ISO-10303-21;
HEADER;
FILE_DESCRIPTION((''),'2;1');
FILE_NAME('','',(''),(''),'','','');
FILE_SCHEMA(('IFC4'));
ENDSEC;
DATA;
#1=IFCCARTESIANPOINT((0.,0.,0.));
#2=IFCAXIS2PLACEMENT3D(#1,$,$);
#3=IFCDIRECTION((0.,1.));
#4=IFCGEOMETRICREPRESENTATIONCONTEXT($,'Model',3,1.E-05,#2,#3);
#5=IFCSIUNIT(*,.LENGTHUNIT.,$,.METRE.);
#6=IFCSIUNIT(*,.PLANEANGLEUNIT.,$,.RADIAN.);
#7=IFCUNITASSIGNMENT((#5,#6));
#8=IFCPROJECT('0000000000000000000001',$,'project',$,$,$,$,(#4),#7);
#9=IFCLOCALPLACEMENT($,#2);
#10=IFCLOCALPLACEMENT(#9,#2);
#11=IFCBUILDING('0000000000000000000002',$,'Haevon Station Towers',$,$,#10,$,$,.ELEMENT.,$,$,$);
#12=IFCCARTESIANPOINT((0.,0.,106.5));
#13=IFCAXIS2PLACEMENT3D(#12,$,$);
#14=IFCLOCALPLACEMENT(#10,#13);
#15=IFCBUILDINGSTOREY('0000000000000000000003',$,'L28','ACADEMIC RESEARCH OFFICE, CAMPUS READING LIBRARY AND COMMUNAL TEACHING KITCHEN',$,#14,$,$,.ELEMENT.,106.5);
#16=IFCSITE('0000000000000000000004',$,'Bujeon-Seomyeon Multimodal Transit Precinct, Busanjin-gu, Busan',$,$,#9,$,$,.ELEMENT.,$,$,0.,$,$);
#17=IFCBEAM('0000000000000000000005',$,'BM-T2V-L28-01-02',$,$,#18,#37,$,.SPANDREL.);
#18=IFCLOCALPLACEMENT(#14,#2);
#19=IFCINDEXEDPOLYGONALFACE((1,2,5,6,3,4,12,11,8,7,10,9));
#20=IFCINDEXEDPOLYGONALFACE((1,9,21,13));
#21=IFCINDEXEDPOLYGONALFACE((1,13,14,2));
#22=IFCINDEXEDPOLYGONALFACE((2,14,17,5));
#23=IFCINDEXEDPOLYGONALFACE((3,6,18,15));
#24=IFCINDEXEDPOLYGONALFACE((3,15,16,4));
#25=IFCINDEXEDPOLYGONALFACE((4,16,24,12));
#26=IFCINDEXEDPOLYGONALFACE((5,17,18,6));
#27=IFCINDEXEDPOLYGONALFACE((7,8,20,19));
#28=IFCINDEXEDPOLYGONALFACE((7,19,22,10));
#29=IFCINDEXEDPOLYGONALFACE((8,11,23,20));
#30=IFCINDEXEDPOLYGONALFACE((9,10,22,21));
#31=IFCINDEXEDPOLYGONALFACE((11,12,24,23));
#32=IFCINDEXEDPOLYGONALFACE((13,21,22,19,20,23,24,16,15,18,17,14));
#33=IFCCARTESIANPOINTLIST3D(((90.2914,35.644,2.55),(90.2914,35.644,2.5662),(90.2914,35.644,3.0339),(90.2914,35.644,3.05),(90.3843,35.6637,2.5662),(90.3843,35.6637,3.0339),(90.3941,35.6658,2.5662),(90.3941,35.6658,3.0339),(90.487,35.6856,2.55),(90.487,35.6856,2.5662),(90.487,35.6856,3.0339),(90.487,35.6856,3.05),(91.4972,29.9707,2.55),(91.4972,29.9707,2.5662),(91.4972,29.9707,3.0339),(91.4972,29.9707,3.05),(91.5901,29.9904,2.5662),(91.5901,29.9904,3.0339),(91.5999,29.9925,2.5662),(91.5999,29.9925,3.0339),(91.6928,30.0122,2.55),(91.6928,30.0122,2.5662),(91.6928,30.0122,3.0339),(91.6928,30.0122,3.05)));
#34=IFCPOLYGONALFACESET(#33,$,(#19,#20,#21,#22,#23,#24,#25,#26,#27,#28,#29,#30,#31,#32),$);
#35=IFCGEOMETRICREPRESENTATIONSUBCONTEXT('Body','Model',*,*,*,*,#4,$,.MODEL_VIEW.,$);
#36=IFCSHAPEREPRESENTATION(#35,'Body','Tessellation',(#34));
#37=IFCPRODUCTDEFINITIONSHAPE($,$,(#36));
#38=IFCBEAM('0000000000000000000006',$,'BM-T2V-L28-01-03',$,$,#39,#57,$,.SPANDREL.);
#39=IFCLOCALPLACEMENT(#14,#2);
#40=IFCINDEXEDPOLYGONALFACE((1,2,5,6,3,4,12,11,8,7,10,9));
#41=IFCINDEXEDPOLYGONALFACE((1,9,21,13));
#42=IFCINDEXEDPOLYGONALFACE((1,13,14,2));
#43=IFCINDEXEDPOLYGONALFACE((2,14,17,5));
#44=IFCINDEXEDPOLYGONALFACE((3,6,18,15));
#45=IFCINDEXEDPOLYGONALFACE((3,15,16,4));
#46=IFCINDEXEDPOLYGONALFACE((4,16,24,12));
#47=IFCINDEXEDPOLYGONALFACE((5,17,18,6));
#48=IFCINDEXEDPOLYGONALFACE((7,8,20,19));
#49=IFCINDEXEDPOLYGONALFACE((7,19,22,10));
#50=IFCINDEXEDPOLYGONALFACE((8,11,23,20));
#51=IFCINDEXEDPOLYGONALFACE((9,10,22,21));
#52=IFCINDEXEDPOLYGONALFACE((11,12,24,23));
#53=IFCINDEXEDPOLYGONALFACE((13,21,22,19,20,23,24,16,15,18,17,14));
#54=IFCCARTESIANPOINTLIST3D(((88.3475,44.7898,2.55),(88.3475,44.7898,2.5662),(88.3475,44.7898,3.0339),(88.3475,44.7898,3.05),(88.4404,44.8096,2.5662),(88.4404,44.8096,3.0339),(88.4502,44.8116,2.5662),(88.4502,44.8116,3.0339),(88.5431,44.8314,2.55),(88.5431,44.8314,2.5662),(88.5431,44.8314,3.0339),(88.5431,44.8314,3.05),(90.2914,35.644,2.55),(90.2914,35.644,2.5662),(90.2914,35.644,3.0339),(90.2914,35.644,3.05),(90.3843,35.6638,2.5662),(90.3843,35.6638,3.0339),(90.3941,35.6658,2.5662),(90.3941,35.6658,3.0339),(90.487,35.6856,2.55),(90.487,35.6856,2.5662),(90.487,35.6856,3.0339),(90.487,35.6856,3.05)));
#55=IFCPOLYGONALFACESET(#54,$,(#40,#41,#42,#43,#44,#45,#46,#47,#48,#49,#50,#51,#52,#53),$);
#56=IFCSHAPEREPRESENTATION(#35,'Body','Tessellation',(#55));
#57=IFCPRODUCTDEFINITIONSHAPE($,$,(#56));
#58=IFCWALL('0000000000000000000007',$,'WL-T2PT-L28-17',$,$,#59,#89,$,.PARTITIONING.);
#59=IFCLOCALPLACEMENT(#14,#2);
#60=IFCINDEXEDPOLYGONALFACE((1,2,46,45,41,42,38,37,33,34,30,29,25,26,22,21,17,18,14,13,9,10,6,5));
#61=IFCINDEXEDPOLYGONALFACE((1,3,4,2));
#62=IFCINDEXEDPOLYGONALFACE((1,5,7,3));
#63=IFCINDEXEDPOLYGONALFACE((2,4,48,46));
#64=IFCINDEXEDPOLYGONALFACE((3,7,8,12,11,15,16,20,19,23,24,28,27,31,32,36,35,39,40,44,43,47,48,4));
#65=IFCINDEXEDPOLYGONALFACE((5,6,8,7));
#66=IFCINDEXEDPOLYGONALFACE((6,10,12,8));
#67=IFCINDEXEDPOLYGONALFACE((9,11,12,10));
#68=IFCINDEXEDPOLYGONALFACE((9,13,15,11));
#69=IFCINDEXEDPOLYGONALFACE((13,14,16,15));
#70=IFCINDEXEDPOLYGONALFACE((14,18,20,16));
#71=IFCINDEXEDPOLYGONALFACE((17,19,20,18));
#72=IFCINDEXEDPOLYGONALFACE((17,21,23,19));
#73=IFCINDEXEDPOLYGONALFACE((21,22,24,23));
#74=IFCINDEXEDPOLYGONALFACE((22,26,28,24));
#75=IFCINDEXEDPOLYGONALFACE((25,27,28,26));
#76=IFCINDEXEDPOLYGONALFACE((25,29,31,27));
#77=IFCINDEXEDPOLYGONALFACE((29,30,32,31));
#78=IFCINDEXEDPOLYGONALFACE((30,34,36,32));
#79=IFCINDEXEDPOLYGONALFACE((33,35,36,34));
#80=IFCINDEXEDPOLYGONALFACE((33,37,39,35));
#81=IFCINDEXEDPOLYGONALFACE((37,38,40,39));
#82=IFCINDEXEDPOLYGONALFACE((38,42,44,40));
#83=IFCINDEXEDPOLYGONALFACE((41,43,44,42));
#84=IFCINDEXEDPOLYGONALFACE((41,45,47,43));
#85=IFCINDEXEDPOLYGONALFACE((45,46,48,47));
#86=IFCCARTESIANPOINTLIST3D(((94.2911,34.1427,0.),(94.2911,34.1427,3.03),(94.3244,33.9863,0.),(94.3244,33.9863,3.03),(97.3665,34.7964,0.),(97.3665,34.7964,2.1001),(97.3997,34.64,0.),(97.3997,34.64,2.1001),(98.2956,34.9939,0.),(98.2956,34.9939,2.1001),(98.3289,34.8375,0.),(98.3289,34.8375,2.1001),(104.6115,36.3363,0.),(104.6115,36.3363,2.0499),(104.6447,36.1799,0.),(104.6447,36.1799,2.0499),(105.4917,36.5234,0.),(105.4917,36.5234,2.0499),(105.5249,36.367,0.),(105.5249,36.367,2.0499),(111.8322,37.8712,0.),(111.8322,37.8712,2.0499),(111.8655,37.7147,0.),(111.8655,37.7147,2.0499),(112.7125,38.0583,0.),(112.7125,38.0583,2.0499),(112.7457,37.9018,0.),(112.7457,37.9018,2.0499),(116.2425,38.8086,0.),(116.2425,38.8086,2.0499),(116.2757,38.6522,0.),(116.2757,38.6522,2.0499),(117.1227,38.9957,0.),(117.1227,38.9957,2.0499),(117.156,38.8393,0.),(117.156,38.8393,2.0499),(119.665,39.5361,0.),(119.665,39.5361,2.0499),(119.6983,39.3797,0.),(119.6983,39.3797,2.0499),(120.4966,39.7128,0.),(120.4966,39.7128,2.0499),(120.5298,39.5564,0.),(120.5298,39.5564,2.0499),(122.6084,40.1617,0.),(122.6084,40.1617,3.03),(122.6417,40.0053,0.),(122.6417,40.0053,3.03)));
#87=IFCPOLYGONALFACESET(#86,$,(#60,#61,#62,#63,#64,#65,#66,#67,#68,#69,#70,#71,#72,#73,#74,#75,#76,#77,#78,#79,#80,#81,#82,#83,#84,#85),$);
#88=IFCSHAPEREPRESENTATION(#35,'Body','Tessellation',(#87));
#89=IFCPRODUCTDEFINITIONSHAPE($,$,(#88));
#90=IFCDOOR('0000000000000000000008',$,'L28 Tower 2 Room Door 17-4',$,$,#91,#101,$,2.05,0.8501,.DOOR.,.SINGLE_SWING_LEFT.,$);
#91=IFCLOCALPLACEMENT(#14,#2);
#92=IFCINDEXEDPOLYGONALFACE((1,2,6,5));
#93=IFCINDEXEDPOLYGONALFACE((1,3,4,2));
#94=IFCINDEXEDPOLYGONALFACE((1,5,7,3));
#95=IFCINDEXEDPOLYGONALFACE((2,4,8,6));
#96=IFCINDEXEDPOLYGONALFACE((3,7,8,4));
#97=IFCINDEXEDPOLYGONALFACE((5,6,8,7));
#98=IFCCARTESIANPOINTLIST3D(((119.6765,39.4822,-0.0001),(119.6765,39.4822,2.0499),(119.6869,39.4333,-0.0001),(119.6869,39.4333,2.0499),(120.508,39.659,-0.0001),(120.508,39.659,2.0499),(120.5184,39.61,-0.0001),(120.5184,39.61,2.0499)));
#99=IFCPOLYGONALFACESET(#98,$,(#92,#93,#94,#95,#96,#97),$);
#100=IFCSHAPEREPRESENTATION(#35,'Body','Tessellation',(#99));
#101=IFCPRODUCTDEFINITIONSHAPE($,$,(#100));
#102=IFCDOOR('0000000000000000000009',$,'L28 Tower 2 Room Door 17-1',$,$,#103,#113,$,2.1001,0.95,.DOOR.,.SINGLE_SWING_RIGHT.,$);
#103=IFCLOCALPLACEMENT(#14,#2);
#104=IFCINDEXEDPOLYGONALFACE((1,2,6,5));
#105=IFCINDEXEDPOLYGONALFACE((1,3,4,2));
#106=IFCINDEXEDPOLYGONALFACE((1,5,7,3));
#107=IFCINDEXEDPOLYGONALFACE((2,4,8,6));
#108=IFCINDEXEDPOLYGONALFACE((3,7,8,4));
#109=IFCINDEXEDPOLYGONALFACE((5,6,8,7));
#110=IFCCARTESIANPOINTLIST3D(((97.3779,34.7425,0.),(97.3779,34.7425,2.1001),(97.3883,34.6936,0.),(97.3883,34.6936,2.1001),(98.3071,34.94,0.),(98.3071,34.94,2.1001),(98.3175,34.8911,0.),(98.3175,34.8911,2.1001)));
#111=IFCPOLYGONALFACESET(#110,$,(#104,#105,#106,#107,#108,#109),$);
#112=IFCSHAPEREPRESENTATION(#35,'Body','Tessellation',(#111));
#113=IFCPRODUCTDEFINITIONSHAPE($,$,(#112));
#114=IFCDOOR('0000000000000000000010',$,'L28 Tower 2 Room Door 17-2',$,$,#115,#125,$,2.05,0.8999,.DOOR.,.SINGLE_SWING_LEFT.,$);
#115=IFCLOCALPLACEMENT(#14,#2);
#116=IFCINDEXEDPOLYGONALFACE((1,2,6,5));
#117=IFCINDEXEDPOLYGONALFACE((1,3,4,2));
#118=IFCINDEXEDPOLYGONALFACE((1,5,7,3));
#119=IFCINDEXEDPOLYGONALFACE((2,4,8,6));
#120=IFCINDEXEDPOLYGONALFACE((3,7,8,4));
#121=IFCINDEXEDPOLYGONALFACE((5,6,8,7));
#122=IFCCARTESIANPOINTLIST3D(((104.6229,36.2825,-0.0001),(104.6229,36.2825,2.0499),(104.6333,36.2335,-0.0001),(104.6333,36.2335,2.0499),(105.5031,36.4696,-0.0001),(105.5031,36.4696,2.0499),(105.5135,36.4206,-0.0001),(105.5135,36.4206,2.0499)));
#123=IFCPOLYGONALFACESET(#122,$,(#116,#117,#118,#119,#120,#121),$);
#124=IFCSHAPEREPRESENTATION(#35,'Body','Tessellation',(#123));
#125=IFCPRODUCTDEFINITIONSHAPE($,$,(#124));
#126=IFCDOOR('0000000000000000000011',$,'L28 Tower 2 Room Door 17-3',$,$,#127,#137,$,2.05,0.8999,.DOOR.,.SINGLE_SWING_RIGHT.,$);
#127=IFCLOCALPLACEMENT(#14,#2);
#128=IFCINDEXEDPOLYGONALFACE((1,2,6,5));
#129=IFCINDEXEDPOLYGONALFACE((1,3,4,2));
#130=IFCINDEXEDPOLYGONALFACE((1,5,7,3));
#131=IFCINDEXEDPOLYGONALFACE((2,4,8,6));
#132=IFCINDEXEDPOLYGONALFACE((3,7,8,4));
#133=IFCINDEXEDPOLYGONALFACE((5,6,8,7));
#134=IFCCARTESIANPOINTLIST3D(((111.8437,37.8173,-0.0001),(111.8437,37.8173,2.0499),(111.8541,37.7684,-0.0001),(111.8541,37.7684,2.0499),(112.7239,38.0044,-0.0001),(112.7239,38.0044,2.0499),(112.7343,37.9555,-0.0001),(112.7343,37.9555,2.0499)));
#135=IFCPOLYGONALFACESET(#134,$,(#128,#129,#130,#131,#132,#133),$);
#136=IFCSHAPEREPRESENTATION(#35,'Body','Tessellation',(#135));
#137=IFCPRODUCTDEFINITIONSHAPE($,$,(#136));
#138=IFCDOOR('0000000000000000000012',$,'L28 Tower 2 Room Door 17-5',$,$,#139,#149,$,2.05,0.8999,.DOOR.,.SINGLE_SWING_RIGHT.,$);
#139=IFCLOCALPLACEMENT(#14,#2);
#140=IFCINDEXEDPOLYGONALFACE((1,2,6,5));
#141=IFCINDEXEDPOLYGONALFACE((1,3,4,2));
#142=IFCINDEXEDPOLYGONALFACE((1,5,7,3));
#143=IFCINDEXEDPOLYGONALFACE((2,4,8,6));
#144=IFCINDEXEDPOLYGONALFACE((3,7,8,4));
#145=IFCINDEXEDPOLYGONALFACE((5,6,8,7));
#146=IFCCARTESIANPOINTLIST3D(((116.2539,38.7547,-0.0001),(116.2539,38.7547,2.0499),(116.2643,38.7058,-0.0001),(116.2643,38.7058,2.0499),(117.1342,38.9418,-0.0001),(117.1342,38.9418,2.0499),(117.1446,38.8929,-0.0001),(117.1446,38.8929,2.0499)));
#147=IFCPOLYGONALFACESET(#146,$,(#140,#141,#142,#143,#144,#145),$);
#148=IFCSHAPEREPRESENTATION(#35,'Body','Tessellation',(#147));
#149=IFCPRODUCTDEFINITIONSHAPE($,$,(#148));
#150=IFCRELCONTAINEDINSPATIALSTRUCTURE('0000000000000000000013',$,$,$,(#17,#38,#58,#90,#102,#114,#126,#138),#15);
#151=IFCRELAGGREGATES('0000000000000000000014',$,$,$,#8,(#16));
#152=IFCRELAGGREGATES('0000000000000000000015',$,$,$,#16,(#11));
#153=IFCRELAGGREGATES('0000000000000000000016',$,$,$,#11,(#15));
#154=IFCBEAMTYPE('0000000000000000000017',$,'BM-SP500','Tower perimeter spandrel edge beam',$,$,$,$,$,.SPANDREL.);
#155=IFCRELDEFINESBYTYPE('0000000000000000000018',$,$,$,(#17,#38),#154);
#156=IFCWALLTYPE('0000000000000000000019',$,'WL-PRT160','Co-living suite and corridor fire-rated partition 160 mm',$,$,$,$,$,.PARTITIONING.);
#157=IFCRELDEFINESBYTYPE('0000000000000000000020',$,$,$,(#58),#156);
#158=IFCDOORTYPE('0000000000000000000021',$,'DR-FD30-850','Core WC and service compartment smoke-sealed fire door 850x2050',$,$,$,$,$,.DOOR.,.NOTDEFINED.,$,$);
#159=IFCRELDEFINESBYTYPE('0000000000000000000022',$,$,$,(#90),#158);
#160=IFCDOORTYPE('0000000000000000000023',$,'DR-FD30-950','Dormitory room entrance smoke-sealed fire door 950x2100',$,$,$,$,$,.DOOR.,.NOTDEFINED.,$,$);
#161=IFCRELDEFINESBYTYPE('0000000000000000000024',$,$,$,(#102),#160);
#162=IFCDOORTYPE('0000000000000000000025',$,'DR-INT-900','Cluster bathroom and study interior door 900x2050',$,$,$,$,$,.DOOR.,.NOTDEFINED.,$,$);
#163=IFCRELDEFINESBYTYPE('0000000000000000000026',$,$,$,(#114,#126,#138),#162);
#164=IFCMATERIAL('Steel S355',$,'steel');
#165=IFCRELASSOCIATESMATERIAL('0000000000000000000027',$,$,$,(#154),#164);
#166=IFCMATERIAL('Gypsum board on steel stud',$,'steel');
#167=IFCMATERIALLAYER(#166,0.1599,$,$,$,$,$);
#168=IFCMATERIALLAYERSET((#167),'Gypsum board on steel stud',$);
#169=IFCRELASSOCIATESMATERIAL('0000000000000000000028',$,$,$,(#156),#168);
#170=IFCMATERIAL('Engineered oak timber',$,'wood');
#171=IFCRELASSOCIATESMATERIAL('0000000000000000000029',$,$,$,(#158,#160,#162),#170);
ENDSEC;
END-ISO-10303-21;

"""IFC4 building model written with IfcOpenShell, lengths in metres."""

from ifc_helpers import new_model, si_unit, direction, frame, frame_2d, origin, origin_2d, place, context, subcontext, project, spatial, rectangle, i_section, extrude, material, layer, layer_set, material_profile, profile_set, type_object, element, fill, save


model = new_model("IFC4")

# Units and contexts
model_context = context("Model", 3, precision=1e-05, world=origin(), true_north=direction((0.0, 1.0)))
body_context = subcontext(model_context, "Body", "Model", "MODEL_VIEW")
ifc_project = project(units=[si_unit("LENGTHUNIT", "METRE"), si_unit("PLANEANGLEUNIT", "RADIAN")], contexts=[model_context])

# Site, building, storey
site_placement = place(None, origin())
site = spatial("IfcSite", under=ifc_project, at=site_placement, Name="Bujeon-Seomyeon Multimodal Transit Precinct, Busanjin-gu, Busan", CompositionType="ELEMENT", RefElevation=0.0)
building_placement = place(site_placement, origin())
building = spatial("IfcBuilding", under=site, at=building_placement, Name="Haevon Station Towers", CompositionType="ELEMENT")
storey_placement = place(building_placement, frame((0.0, 0.0, 106.5)))
storey = spatial("IfcBuildingStorey", under=building, at=storey_placement, Name="L28", Description="ACADEMIC RESEARCH OFFICE, CAMPUS READING LIBRARY AND COMMUNAL TEACHING KITCHEN", CompositionType="ELEMENT", Elevation=106.5)

# Beams
ifc_material_1 = material(Name="Steel S355", Category="steel")
ifc_material_profile_1 = material_profile(ifc_material_1, i_section(OverallWidth=0.2, OverallDepth=0.5, WebThickness=0.01, FlangeThickness=0.0161, at=origin_2d()), Name="H-500x200x10x16")
ifc_profile_set_1 = profile_set([ifc_material_profile_1], Name="Steel S355")
beam_type_1 = type_object("IfcBeamType", Name="BM-SP500", Description="Tower perimeter spandrel edge beam", PredefinedType="SPANDREL", material=ifc_profile_set_1)
beam_1_placement = place(storey_placement, frame((91.595, 29.9915, 2.8), z_axis=(-0.207896, 0.978151, 0.0), x_axis=(-0.978151, -0.207896, 0.0)))
element("IfcBeam", 1, at=beam_1_placement, inside=storey, type_object=beam_type_1, Name="BM-T2V-L28-01-02", PredefinedType="SPANDREL", context=body_context, shape_type="SweptSolid", body=[
    extrude(i_section(OverallWidth=0.2, OverallDepth=0.5, WebThickness=0.01, FlangeThickness=0.0161, at=origin_2d()), origin(), (0.0, 0.0, 1.0), 5.8),
])
beam_2_placement = place(storey_placement, frame((90.3892, 35.6648, 2.8), z_axis=(-0.207897, 0.978151, 0.0), x_axis=(-0.978151, -0.207897, 0.0)))
element("IfcBeam", 2, at=beam_2_placement, inside=storey, type_object=beam_type_1, Name="BM-T2V-L28-01-03", PredefinedType="SPANDREL", context=body_context, shape_type="SweptSolid", body=[
    extrude(i_section(OverallWidth=0.2, OverallDepth=0.5, WebThickness=0.01, FlangeThickness=0.0161, at=origin_2d()), origin(), (0.0, 0.0, 1.0), 9.3501),
])

# Wall, openings, doors
ifc_material_2 = material(Name="Gypsum board on steel stud", Category="steel")
ifc_layer = layer(ifc_material_2, 0.1599)
ifc_layer_set = layer_set([ifc_layer], Name="Gypsum board on steel stud")
wall_type = type_object("IfcWallType", Name="WL-PRT160", Description="Co-living suite and corridor fire-rated partition 160 mm", PredefinedType="PARTITIONING", material=ifc_layer_set)
wall_placement = place(storey_placement, frame((94.3076, 34.0645, 0.0), z_axis=(0.0, 0.0, 1.0), x_axis=(0.978148, 0.207912, 0.0)))
wall = element("IfcWall", 3, at=wall_placement, inside=storey, type_object=wall_type, Name="WL-T2PT-L28-17", PredefinedType="PARTITIONING", context=body_context, shape_type="SweptSolid", body=[
    extrude(rectangle(XDim=28.95, YDim=0.1599, at=frame_2d((14.4751, 0.0))), origin(), (0.0, 0.0, 1.0), 3.03),
])
opening_1_placement = place(wall_placement, frame((3.144, 0.0, 0.0)))
opening_1 = element("IfcOpeningElement", 4, at=opening_1_placement, cuts=wall, PredefinedType="OPENING", context=body_context, shape_type="SweptSolid", body=[
    extrude(rectangle(XDim=0.95, YDim=2.1001, at=frame_2d((0.4751, 1.05))), frame((0.0, 0.0898, 0.0), z_axis=(0.0, -1.0, 0.0), x_axis=(1.0, 0.0, 0.0)), (0.0, 0.0, 1.0), 0.1799),
])
opening_2_placement = place(wall_placement, frame((10.551, 0.0, 0.0)))
opening_2 = element("IfcOpeningElement", 5, at=opening_2_placement, cuts=wall, PredefinedType="OPENING", context=body_context, shape_type="SweptSolid", body=[
    extrude(rectangle(XDim=0.8999, YDim=2.05, at=frame_2d((0.45, 1.0249))), frame((0.0, 0.0898, 0.0), z_axis=(0.0, -1.0, 0.0), x_axis=(1.0, 0.0, 0.0)), (0.0, 0.0, 1.0), 0.1799),
])
opening_3_placement = place(wall_placement, frame((17.9331, 0.0, 0.0)))
opening_3 = element("IfcOpeningElement", 6, at=opening_3_placement, cuts=wall, PredefinedType="OPENING", context=body_context, shape_type="SweptSolid", body=[
    extrude(rectangle(XDim=0.8999, YDim=2.05, at=frame_2d((0.45, 1.0249))), frame((0.0, 0.0898, 0.0), z_axis=(0.0, -1.0, 0.0), x_axis=(1.0, 0.0, 0.0)), (0.0, 0.0, 1.0), 0.1799),
])
opening_4_placement = place(wall_placement, frame((25.9409, 0.0, 0.0)))
opening_4 = element("IfcOpeningElement", 7, at=opening_4_placement, cuts=wall, PredefinedType="OPENING", context=body_context, shape_type="SweptSolid", body=[
    extrude(rectangle(XDim=0.8501, YDim=2.05, at=frame_2d((0.425, 1.0249))), frame((0.0, 0.0898, 0.0), z_axis=(0.0, -1.0, 0.0), x_axis=(1.0, 0.0, 0.0)), (0.0, 0.0, 1.0), 0.1799),
])
opening_5_placement = place(wall_placement, frame((22.4419, 0.0, 0.0)))
opening_5 = element("IfcOpeningElement", 8, at=opening_5_placement, cuts=wall, PredefinedType="OPENING", context=body_context, shape_type="SweptSolid", body=[
    extrude(rectangle(XDim=0.8999, YDim=2.05, at=frame_2d((0.45, 1.0249))), frame((0.0, 0.0898, 0.0), z_axis=(0.0, -1.0, 0.0), x_axis=(1.0, 0.0, 0.0)), (0.0, 0.0, 1.0), 0.1799),
])
ifc_material_3 = material(Name="Engineered oak timber", Category="wood")
door_type_1 = type_object("IfcDoorType", Name="DR-FD30-850", Description="Core WC and service compartment smoke-sealed fire door 850x2050", OperationType="NOTDEFINED", PredefinedType="DOOR", material=ifc_material_3)
door_1_placement = place(opening_4_placement, origin())
door_1 = element("IfcDoor", 9, at=door_1_placement, inside=storey, type_object=door_type_1, Name="L28 Tower 2 Room Door 17-4", OperationType="SINGLE_SWING_LEFT", OverallHeight=2.05, OverallWidth=0.8501, PredefinedType="DOOR", context=body_context, shape_type="SweptSolid", body=[
    extrude(rectangle(XDim=0.8501, YDim=2.05, at=frame_2d((0.425, 1.0249))), frame((0.0, 0.0249, 0.0), z_axis=(0.0, -1.0, 0.0), x_axis=(1.0, 0.0, 0.0)), (0.0, 0.0, 1.0), 0.05),
])
fill(opening_4, door_1)
door_type_2 = type_object("IfcDoorType", Name="DR-FD30-950", Description="Dormitory room entrance smoke-sealed fire door 950x2100", OperationType="NOTDEFINED", PredefinedType="DOOR", material=ifc_material_3)
door_2_placement = place(opening_1_placement, origin())
door_2 = element("IfcDoor", 10, at=door_2_placement, inside=storey, type_object=door_type_2, Name="L28 Tower 2 Room Door 17-1", OperationType="SINGLE_SWING_RIGHT", OverallHeight=2.1001, OverallWidth=0.95, PredefinedType="DOOR", context=body_context, shape_type="SweptSolid", body=[
    extrude(rectangle(XDim=0.95, YDim=2.1001, at=frame_2d((0.4751, 1.05))), frame((0.0, 0.0249, 0.0), z_axis=(0.0, -1.0, 0.0), x_axis=(1.0, 0.0, 0.0)), (0.0, 0.0, 1.0), 0.05),
])
fill(opening_1, door_2)
door_type_3 = type_object("IfcDoorType", Name="DR-INT-900", Description="Cluster bathroom and study interior door 900x2050", OperationType="NOTDEFINED", PredefinedType="DOOR", material=ifc_material_3)
door_3_placement = place(opening_2_placement, origin())
door_3 = element("IfcDoor", 11, at=door_3_placement, inside=storey, type_object=door_type_3, Name="L28 Tower 2 Room Door 17-2", OperationType="SINGLE_SWING_LEFT", OverallHeight=2.05, OverallWidth=0.8999, PredefinedType="DOOR", context=body_context, shape_type="SweptSolid", body=[
    extrude(rectangle(XDim=0.8999, YDim=2.05, at=frame_2d((0.45, 1.0249))), frame((0.0, 0.0249, 0.0), z_axis=(0.0, -1.0, 0.0), x_axis=(1.0, 0.0, 0.0)), (0.0, 0.0, 1.0), 0.05),
])
fill(opening_2, door_3)
door_4_placement = place(opening_3_placement, origin())
door_4 = element("IfcDoor", 12, at=door_4_placement, inside=storey, type_object=door_type_3, Name="L28 Tower 2 Room Door 17-3", OperationType="SINGLE_SWING_RIGHT", OverallHeight=2.05, OverallWidth=0.8999, PredefinedType="DOOR", context=body_context, shape_type="SweptSolid", body=[
    extrude(rectangle(XDim=0.8999, YDim=2.05, at=frame_2d((0.45, 1.0249))), frame((0.0, 0.0249, 0.0), z_axis=(0.0, -1.0, 0.0), x_axis=(1.0, 0.0, 0.0)), (0.0, 0.0, 1.0), 0.05),
])
fill(opening_3, door_4)
door_5_placement = place(opening_5_placement, origin())
door_5 = element("IfcDoor", 13, at=door_5_placement, inside=storey, type_object=door_type_3, Name="L28 Tower 2 Room Door 17-5", OperationType="SINGLE_SWING_RIGHT", OverallHeight=2.05, OverallWidth=0.8999, PredefinedType="DOOR", context=body_context, shape_type="SweptSolid", body=[
    extrude(rectangle(XDim=0.8999, YDim=2.05, at=frame_2d((0.45, 1.0249))), frame((0.0, 0.0249, 0.0), z_axis=(0.0, -1.0, 0.0), x_axis=(1.0, 0.0, 0.0)), (0.0, 0.0, 1.0), 0.05),
])
fill(opening_5, door_5)

save(model, "model.ifc")
